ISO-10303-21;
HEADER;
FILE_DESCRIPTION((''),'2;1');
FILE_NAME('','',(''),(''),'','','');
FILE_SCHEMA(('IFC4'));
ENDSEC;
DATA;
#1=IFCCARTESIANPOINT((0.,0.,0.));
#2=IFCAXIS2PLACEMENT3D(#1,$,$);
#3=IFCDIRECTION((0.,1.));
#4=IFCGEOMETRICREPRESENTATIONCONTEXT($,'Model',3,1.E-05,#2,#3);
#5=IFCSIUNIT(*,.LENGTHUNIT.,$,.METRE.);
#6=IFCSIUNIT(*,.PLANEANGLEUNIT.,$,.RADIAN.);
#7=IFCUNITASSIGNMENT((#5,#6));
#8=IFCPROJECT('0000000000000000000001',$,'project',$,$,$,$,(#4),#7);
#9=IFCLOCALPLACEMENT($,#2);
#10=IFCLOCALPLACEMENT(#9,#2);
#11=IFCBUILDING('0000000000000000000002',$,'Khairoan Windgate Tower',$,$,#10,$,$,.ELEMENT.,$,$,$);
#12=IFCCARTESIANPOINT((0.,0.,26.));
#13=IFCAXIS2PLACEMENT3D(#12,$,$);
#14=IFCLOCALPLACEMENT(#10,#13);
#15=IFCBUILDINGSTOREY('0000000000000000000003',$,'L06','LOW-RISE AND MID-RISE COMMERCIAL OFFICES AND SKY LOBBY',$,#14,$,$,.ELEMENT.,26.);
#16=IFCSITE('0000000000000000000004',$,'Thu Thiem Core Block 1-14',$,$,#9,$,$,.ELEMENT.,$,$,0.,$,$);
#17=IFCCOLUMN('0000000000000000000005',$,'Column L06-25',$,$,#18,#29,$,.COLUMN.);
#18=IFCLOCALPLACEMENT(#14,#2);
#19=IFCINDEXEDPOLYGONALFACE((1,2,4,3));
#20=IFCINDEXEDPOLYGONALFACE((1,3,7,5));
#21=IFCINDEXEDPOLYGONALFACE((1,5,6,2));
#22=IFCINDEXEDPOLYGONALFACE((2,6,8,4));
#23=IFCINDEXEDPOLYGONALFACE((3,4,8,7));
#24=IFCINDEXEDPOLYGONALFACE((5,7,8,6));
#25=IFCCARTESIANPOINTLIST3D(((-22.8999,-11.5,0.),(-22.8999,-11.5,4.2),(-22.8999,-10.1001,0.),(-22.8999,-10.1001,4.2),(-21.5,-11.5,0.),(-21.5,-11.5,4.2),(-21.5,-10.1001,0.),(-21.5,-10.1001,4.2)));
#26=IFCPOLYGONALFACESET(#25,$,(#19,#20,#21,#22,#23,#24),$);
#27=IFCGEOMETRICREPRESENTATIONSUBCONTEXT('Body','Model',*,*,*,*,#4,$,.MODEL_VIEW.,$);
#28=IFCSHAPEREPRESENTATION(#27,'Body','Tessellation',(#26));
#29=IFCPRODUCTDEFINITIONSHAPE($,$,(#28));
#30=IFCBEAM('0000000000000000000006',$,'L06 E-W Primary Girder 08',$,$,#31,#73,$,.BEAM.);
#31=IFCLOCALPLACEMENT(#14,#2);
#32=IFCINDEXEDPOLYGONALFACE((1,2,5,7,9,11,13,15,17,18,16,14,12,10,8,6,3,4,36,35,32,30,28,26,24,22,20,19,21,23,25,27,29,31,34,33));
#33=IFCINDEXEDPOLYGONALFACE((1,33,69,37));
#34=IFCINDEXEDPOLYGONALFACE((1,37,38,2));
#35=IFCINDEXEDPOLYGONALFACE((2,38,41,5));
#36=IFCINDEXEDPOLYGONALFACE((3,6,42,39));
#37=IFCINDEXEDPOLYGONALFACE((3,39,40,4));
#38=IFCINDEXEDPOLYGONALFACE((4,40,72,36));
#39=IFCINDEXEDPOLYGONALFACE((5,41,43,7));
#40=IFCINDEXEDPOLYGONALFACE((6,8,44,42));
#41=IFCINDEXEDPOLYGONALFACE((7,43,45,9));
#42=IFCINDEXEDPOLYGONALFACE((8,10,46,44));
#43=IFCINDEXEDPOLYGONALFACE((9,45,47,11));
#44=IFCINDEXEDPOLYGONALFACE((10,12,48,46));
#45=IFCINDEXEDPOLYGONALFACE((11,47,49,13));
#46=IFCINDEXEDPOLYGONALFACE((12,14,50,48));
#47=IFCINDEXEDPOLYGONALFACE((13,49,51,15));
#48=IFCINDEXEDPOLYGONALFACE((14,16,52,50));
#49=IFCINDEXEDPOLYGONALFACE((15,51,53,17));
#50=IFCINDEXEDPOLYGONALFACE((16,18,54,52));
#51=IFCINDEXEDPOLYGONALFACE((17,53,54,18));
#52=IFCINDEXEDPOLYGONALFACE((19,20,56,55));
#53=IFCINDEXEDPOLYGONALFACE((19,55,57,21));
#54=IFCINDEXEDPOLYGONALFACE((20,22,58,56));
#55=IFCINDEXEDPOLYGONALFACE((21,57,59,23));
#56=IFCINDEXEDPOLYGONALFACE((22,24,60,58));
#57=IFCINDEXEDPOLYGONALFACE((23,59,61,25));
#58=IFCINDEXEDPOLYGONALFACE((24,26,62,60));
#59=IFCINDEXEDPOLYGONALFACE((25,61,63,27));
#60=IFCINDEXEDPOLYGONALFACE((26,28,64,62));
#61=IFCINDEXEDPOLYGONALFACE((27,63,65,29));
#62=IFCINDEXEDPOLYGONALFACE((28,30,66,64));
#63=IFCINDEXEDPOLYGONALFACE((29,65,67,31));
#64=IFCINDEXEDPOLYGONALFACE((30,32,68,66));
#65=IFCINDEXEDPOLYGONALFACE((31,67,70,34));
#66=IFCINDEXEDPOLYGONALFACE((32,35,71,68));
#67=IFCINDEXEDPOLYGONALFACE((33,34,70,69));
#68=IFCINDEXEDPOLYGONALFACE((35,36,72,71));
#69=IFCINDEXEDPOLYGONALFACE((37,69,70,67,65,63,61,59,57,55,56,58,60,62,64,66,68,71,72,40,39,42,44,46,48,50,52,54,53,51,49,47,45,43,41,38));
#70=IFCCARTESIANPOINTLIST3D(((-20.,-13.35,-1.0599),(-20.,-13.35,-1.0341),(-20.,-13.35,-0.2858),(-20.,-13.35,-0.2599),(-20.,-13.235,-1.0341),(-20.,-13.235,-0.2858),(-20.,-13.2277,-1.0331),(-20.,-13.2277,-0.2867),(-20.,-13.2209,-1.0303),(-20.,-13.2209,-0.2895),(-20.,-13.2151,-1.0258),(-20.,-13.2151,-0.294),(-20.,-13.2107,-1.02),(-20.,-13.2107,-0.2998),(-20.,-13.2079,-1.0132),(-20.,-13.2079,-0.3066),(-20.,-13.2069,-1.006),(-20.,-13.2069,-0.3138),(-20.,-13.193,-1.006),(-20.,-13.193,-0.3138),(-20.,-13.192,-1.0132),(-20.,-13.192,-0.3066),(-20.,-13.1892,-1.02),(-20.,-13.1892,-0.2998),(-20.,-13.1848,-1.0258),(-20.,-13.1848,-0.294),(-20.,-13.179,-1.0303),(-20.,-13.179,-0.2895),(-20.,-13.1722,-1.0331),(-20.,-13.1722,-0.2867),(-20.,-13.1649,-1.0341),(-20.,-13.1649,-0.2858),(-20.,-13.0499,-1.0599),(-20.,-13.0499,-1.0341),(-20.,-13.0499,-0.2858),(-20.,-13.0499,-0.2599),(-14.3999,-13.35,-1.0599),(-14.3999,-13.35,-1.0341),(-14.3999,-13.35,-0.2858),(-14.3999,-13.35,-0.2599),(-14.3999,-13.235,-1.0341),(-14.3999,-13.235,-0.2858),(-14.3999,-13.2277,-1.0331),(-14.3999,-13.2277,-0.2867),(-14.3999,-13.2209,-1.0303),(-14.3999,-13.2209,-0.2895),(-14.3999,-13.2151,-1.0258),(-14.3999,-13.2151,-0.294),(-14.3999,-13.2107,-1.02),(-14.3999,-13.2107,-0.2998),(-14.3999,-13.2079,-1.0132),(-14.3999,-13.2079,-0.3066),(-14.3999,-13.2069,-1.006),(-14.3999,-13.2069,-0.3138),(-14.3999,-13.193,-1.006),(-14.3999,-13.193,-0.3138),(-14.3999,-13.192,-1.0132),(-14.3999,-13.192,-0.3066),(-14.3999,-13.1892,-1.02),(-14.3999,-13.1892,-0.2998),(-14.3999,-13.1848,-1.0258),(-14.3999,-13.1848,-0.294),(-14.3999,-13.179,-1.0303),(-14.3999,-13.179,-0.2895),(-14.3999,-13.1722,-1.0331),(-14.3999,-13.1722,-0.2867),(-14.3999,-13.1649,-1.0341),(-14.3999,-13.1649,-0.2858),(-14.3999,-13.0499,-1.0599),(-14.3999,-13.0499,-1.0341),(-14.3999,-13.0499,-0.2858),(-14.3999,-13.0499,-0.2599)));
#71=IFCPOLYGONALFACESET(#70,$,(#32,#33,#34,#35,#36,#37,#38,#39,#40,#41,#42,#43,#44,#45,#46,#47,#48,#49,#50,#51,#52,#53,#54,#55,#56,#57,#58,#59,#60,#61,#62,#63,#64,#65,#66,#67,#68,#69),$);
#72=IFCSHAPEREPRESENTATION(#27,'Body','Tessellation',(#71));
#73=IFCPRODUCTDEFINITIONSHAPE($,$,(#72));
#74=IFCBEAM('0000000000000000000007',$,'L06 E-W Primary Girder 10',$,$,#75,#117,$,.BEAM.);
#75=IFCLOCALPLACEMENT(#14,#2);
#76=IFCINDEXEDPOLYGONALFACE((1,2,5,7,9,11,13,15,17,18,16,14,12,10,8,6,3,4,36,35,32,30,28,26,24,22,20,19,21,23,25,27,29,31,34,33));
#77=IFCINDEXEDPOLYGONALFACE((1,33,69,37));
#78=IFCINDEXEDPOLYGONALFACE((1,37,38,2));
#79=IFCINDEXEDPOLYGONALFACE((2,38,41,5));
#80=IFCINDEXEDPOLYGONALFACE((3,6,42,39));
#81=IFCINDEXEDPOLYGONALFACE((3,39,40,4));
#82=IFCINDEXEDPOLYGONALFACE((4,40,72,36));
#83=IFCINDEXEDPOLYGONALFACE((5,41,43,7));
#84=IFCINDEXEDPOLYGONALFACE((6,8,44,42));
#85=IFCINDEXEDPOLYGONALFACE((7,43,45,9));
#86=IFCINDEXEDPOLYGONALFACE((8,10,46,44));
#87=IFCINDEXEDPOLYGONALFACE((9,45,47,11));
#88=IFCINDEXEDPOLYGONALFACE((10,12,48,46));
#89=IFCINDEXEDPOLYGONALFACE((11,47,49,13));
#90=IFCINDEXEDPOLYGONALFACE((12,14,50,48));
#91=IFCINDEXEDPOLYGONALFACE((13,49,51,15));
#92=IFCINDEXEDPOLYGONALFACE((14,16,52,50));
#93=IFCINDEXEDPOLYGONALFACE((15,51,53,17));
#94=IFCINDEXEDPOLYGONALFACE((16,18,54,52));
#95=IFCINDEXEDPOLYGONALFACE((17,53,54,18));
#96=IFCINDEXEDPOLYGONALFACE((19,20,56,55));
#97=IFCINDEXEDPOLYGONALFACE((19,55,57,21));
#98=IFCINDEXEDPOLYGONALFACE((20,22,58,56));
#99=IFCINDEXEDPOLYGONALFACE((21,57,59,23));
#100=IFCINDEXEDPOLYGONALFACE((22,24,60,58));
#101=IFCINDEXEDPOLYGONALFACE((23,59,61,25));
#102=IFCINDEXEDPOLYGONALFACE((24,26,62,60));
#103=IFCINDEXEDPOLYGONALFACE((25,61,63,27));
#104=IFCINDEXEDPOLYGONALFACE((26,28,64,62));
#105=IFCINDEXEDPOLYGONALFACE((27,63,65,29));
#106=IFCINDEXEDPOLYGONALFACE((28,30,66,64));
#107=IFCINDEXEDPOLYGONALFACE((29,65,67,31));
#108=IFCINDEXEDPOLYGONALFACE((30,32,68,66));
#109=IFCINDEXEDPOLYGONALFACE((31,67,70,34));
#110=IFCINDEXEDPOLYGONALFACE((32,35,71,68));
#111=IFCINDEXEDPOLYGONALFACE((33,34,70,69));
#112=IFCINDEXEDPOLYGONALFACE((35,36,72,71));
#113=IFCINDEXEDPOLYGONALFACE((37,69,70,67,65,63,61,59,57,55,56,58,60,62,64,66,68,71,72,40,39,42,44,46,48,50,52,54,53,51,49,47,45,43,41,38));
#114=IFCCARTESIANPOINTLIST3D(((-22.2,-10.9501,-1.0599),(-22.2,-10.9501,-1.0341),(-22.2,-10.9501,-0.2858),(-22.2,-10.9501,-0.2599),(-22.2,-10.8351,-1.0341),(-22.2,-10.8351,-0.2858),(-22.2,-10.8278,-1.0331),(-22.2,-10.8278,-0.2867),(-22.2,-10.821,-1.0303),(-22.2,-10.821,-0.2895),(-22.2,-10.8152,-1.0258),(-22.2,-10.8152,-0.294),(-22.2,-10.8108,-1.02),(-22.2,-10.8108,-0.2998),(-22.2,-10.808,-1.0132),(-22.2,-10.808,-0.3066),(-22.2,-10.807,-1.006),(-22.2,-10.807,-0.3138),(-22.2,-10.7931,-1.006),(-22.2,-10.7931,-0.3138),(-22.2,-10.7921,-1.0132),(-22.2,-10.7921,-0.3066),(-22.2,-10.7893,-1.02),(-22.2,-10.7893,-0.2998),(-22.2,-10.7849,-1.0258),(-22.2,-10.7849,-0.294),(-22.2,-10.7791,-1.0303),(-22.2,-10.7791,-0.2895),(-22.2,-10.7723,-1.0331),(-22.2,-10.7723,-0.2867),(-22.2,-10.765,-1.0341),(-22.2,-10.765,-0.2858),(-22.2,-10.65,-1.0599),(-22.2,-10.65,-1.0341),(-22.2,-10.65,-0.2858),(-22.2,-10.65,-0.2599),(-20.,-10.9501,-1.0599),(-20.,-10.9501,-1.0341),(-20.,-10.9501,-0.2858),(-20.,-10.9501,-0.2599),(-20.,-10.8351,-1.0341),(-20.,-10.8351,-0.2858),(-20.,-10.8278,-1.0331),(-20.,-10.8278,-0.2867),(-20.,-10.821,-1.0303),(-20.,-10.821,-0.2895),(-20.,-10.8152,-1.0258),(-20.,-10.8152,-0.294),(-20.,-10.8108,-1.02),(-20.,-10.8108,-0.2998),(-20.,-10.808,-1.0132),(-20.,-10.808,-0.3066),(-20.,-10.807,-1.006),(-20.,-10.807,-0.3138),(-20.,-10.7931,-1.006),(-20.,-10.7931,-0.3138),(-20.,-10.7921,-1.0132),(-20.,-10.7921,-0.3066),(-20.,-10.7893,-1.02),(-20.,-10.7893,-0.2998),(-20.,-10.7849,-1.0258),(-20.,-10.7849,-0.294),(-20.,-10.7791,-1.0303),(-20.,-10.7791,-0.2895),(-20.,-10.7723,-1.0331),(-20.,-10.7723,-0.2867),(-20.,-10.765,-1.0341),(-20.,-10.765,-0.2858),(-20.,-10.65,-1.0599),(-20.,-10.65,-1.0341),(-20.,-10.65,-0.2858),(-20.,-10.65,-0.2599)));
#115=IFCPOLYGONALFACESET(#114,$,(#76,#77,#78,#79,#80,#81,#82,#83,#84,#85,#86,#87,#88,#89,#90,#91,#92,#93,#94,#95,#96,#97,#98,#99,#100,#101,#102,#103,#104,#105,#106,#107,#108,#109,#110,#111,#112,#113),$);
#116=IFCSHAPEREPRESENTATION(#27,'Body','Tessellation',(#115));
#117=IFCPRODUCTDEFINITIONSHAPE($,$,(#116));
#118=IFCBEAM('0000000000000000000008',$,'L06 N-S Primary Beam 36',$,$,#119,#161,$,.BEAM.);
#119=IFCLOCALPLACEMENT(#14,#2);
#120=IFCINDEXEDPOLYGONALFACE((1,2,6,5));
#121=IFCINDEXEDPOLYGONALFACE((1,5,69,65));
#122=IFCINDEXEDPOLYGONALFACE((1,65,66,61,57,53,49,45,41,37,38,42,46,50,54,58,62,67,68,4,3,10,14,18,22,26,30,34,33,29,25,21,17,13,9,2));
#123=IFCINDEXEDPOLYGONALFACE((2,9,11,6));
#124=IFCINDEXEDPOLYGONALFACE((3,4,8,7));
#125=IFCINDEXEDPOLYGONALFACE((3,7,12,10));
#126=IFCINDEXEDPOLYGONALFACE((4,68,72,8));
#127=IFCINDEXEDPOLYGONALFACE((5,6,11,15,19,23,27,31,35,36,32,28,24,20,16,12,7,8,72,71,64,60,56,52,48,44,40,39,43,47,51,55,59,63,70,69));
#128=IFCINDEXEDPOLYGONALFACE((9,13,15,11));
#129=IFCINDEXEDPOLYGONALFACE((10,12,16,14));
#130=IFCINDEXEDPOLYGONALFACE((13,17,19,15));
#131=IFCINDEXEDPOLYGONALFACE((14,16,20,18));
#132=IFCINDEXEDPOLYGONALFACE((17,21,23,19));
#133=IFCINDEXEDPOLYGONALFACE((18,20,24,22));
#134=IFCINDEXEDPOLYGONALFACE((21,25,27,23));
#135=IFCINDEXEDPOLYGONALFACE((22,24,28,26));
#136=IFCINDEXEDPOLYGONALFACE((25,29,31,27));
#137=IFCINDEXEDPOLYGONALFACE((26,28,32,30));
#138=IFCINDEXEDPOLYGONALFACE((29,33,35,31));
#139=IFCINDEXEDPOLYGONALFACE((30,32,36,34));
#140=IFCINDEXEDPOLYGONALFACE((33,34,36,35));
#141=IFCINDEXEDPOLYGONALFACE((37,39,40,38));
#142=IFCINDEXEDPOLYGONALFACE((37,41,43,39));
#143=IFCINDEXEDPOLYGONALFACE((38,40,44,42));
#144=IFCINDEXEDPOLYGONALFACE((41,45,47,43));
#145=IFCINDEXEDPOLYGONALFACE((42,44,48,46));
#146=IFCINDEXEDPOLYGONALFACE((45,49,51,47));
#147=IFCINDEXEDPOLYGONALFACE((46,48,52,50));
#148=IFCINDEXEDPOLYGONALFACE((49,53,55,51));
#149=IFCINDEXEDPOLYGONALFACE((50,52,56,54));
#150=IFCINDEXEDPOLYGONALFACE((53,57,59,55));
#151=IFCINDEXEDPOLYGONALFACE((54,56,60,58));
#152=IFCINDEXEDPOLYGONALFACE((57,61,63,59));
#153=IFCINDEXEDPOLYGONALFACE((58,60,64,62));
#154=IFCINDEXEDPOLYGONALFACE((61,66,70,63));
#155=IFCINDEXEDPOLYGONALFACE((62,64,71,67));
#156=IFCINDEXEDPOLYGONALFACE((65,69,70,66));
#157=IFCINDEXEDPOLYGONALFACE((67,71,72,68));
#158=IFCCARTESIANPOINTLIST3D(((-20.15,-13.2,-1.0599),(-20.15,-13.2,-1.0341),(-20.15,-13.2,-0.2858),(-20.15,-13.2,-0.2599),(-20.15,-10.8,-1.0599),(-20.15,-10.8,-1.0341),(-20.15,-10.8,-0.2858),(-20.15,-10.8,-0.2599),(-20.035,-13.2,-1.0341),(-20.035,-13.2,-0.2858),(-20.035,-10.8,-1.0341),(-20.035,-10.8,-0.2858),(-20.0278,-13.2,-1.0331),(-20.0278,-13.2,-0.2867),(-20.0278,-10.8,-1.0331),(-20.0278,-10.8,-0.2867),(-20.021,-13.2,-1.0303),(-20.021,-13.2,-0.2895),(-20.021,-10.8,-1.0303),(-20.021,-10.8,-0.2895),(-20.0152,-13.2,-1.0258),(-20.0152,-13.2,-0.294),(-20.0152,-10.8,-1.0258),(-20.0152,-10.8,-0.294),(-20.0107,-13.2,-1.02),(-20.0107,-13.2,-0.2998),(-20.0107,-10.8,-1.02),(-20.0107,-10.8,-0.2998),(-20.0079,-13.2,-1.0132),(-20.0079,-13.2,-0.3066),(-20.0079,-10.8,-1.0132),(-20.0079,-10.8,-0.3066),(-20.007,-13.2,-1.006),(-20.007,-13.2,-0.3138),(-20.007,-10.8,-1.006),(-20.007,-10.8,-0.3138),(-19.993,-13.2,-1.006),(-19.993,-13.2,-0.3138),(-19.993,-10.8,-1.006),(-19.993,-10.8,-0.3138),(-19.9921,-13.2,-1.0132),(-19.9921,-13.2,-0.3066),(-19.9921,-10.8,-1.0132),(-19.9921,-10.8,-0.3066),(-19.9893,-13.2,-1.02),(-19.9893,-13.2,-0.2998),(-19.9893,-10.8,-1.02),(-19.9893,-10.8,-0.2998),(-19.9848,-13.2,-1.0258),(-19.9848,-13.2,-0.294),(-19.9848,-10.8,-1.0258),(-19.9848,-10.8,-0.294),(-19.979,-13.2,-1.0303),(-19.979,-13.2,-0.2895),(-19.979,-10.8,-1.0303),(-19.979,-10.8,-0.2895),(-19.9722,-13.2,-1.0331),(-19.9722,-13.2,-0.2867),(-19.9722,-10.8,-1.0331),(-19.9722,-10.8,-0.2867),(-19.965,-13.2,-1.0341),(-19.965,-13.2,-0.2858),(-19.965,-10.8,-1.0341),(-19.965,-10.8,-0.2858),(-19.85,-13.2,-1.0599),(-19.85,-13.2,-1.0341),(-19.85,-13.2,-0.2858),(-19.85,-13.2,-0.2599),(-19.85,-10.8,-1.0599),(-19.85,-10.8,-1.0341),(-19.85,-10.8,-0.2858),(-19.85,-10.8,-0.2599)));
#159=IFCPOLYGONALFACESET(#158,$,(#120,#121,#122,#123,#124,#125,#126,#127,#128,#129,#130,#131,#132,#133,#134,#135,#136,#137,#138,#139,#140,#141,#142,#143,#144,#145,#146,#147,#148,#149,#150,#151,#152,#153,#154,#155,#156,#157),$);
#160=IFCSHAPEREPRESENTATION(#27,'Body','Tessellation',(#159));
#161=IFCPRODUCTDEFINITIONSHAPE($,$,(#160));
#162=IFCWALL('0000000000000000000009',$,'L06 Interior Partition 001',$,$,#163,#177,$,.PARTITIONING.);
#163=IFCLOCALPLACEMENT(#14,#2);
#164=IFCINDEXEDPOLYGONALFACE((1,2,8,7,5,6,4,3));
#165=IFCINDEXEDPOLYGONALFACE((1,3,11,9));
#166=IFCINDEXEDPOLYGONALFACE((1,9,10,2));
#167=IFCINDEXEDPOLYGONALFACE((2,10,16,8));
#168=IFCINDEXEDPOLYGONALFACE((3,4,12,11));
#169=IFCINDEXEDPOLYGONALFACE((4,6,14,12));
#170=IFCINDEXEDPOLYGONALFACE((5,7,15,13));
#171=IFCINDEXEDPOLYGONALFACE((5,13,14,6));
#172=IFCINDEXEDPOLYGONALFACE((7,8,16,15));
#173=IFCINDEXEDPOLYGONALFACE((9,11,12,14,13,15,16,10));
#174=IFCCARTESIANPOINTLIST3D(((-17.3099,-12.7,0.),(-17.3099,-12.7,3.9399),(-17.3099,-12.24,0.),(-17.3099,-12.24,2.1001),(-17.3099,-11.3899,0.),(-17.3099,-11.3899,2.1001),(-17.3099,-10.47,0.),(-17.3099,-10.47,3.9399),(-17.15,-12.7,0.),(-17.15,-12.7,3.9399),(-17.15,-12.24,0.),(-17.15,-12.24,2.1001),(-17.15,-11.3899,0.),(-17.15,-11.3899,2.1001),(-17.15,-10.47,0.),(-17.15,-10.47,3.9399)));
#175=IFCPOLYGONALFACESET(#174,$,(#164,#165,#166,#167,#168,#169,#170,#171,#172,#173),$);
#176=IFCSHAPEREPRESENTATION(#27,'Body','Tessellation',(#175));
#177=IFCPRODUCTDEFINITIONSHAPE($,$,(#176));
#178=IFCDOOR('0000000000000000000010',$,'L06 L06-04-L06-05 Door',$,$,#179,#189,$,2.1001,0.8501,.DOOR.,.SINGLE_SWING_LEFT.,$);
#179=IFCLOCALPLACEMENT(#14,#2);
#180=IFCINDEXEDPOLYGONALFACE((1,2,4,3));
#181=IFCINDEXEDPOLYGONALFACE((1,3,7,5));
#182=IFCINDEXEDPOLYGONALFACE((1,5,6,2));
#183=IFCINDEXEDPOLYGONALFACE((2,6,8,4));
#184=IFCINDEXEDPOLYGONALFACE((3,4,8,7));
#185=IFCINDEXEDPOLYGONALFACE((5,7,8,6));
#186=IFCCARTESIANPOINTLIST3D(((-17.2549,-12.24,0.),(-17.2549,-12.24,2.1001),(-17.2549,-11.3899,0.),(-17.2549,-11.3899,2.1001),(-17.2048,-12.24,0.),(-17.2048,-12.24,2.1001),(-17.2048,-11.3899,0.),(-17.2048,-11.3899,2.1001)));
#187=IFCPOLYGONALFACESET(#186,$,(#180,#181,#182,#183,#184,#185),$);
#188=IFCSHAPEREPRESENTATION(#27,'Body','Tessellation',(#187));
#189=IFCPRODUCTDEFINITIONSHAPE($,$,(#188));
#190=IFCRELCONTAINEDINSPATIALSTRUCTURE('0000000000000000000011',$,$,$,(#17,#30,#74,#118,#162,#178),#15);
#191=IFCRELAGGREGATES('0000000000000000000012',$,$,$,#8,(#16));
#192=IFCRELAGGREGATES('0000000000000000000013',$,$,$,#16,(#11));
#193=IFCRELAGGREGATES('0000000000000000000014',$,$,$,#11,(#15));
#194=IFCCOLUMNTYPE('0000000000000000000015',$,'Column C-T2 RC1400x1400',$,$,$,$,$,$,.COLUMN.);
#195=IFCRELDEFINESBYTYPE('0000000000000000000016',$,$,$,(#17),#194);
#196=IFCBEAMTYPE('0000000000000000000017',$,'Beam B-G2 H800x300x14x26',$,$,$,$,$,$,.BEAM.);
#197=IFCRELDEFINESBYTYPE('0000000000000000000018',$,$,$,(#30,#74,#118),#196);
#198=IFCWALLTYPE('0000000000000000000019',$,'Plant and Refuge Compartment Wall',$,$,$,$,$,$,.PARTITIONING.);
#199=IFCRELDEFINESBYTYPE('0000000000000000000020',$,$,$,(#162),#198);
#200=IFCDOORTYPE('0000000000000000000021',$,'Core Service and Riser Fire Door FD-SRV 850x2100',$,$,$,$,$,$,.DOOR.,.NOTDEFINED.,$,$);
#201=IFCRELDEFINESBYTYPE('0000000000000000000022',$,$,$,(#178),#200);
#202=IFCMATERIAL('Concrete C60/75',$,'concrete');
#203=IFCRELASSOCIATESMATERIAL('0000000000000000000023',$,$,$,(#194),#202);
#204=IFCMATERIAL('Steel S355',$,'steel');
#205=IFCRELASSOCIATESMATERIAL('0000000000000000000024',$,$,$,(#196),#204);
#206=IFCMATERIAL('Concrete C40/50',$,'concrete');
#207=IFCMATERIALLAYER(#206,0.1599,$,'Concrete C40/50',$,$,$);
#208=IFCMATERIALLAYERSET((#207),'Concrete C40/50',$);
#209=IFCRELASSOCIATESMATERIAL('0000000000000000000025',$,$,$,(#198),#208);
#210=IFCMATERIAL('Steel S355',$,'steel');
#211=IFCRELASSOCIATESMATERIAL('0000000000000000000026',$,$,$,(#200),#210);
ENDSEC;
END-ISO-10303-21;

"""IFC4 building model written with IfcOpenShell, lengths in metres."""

from ifc_helpers import new_model, si_unit, direction, frame, frame_2d, origin, origin_2d, place, context, subcontext, project, spatial, rectangle, i_section, extrude, material, layer, layer_set, material_profile, profile_set, type_object, element, fill, save


model = new_model("IFC4")

# Units and contexts
model_context = context("Model", 3, precision=1e-05, world=origin(), true_north=direction((0.0, 1.0)))
body_context = subcontext(model_context, "Body", "Model", "MODEL_VIEW")
ifc_project = project(units=[si_unit("LENGTHUNIT", "METRE"), si_unit("PLANEANGLEUNIT", "RADIAN")], contexts=[model_context])

# Site, building, storey
site_placement = place(None, origin())
site = spatial("IfcSite", under=ifc_project, at=site_placement, Name="Thu Thiem Core Block 1-14", CompositionType="ELEMENT", RefElevation=0.0)
building_placement = place(site_placement, origin())
building = spatial("IfcBuilding", under=site, at=building_placement, Name="Khairoan Windgate Tower", CompositionType="ELEMENT")
storey_placement = place(building_placement, frame((0.0, 0.0, 26.0)))
storey = spatial("IfcBuildingStorey", under=building, at=storey_placement, Name="L06", Description="LOW-RISE AND MID-RISE COMMERCIAL OFFICES AND SKY LOBBY", CompositionType="ELEMENT", Elevation=26.0)

# Column
ifc_material_1 = material(Name="Concrete C60/75", Category="concrete")
ifc_material_profile_1 = material_profile(ifc_material_1, rectangle(XDim=1.3999, YDim=1.3999, at=origin_2d()))
ifc_profile_set_1 = profile_set([ifc_material_profile_1], Name="Concrete C60/75")
column_type = type_object("IfcColumnType", Name="Column C-T2 RC1400x1400", PredefinedType="COLUMN", material=ifc_profile_set_1)
column_placement = place(storey_placement, frame((-22.2, -10.8, 0.0), z_axis=(0.0, 0.0, 1.0), x_axis=(1.0, 0.0, 0.0)))
element("IfcColumn", 1, at=column_placement, inside=storey, type_object=column_type, Name="Column L06-25", PredefinedType="COLUMN", context=body_context, shape_type="SweptSolid", body=[
    extrude(rectangle(XDim=1.3999, YDim=1.3999, at=origin_2d()), origin(), (0.0, 0.0, 1.0), 4.2),
])

# Beams
ifc_material_2 = material(Name="Steel S355", Category="steel")
ifc_material_profile_2 = material_profile(ifc_material_2, i_section(OverallWidth=0.3, OverallDepth=0.8, WebThickness=0.0139, FlangeThickness=0.0259, FilletRadius=0.0281, at=origin_2d()))
ifc_profile_set_2 = profile_set([ifc_material_profile_2], Name="Steel S355")
beam_type = type_object("IfcBeamType", Name="Beam B-G2 H800x300x14x26", PredefinedType="BEAM", material=ifc_profile_set_2)
beam_1_placement = place(storey_placement, frame((-20.0, -13.2, -0.6599), z_axis=(1.0, 0.0, 0.0), x_axis=(0.0, 1.0, 0.0)))
element("IfcBeam", 2, at=beam_1_placement, inside=storey, type_object=beam_type, Name="L06 E-W Primary Girder 08", PredefinedType="BEAM", context=body_context, shape_type="SweptSolid", body=[
    extrude(i_section(OverallWidth=0.3, OverallDepth=0.8, WebThickness=0.0139, FlangeThickness=0.0259, FilletRadius=0.0281, at=origin_2d()), origin(), (0.0, 0.0, 1.0), 5.6001),
])
beam_2_placement = place(storey_placement, frame((-22.2, -10.8, -0.6599), z_axis=(1.0, 0.0, 0.0), x_axis=(0.0, 1.0, 0.0)))
element("IfcBeam", 3, at=beam_2_placement, inside=storey, type_object=beam_type, Name="L06 E-W Primary Girder 10", PredefinedType="BEAM", context=body_context, shape_type="SweptSolid", body=[
    extrude(i_section(OverallWidth=0.3, OverallDepth=0.8, WebThickness=0.0139, FlangeThickness=0.0259, FilletRadius=0.0281, at=origin_2d()), origin(), (0.0, 0.0, 1.0), 2.2),
])
beam_3_placement = place(storey_placement, frame((-20.0, -13.2, -0.6599), z_axis=(0.0, 1.0, 0.0), x_axis=(-1.0, 0.0, 0.0)))
element("IfcBeam", 4, at=beam_3_placement, inside=storey, type_object=beam_type, Name="L06 N-S Primary Beam 36", PredefinedType="BEAM", context=body_context, shape_type="SweptSolid", body=[
    extrude(i_section(OverallWidth=0.3, OverallDepth=0.8, WebThickness=0.0139, FlangeThickness=0.0259, FilletRadius=0.0281, at=origin_2d()), origin(), (0.0, 0.0, 1.0), 2.3999),
])

# Wall, opening, door
ifc_material_3 = material(Name="Concrete C40/50", Category="concrete")
ifc_layer_1 = layer(ifc_material_3, 0.1599, Name="Concrete C40/50")
ifc_layer_set_1 = layer_set([ifc_layer_1], Name="Concrete C40/50")
wall_type_1 = type_object("IfcWallType", Name="Plant and Refuge Compartment Wall", PredefinedType="PARTITIONING", material=ifc_layer_set_1)
wall_1_placement = place(storey_placement, frame((-17.23, -12.7, 0.0), z_axis=(0.0, 0.0, 1.0), x_axis=(0.0, 1.0, 0.0)))
wall_1 = element("IfcWall", 5, at=wall_1_placement, inside=storey, type_object=wall_type_1, Name="L06 Interior Partition 001", PredefinedType="PARTITIONING", context=body_context, shape_type="SweptSolid", body=[
    extrude(rectangle(XDim=2.23, YDim=0.1599, at=frame_2d((1.115, 0.0))), origin(), (0.0, 0.0, 1.0), 3.9399),
])
opening_1_placement = place(wall_1_placement, frame((0.46, 0.0, 0.0)))
opening_1 = element("IfcOpeningElement", 6, at=opening_1_placement, cuts=wall_1, PredefinedType="OPENING", context=body_context, shape_type="SweptSolid", body=[
    extrude(rectangle(XDim=0.8501, YDim=2.1001, at=frame_2d((0.425, 1.05))), frame((0.0, 0.0898, 0.0), z_axis=(0.0, -1.0, 0.0), x_axis=(1.0, 0.0, 0.0)), (0.0, 0.0, 1.0), 0.1799),
])
ifc_material_4 = material(Name="Steel S355", Category="steel")
door_type_1 = type_object("IfcDoorType", Name="Core Service and Riser Fire Door FD-SRV 850x2100", OperationType="NOTDEFINED", PredefinedType="DOOR", material=ifc_material_4)
door_1_placement = place(opening_1_placement, origin())
door_1 = element("IfcDoor", 7, at=door_1_placement, inside=storey, type_object=door_type_1, Name="L06 L06-04-L06-05 Door", OperationType="SINGLE_SWING_LEFT", OverallHeight=2.1001, OverallWidth=0.8501, PredefinedType="DOOR", context=body_context, shape_type="SweptSolid", body=[
    extrude(rectangle(XDim=0.8501, YDim=2.1001, at=frame_2d((0.425, 1.05))), frame((0.0, 0.0249, 0.0), z_axis=(0.0, -1.0, 0.0), x_axis=(1.0, 0.0, 0.0)), (0.0, 0.0, 1.0), 0.05),
])
fill(opening_1, door_1)

save(model, "model.ifc")
